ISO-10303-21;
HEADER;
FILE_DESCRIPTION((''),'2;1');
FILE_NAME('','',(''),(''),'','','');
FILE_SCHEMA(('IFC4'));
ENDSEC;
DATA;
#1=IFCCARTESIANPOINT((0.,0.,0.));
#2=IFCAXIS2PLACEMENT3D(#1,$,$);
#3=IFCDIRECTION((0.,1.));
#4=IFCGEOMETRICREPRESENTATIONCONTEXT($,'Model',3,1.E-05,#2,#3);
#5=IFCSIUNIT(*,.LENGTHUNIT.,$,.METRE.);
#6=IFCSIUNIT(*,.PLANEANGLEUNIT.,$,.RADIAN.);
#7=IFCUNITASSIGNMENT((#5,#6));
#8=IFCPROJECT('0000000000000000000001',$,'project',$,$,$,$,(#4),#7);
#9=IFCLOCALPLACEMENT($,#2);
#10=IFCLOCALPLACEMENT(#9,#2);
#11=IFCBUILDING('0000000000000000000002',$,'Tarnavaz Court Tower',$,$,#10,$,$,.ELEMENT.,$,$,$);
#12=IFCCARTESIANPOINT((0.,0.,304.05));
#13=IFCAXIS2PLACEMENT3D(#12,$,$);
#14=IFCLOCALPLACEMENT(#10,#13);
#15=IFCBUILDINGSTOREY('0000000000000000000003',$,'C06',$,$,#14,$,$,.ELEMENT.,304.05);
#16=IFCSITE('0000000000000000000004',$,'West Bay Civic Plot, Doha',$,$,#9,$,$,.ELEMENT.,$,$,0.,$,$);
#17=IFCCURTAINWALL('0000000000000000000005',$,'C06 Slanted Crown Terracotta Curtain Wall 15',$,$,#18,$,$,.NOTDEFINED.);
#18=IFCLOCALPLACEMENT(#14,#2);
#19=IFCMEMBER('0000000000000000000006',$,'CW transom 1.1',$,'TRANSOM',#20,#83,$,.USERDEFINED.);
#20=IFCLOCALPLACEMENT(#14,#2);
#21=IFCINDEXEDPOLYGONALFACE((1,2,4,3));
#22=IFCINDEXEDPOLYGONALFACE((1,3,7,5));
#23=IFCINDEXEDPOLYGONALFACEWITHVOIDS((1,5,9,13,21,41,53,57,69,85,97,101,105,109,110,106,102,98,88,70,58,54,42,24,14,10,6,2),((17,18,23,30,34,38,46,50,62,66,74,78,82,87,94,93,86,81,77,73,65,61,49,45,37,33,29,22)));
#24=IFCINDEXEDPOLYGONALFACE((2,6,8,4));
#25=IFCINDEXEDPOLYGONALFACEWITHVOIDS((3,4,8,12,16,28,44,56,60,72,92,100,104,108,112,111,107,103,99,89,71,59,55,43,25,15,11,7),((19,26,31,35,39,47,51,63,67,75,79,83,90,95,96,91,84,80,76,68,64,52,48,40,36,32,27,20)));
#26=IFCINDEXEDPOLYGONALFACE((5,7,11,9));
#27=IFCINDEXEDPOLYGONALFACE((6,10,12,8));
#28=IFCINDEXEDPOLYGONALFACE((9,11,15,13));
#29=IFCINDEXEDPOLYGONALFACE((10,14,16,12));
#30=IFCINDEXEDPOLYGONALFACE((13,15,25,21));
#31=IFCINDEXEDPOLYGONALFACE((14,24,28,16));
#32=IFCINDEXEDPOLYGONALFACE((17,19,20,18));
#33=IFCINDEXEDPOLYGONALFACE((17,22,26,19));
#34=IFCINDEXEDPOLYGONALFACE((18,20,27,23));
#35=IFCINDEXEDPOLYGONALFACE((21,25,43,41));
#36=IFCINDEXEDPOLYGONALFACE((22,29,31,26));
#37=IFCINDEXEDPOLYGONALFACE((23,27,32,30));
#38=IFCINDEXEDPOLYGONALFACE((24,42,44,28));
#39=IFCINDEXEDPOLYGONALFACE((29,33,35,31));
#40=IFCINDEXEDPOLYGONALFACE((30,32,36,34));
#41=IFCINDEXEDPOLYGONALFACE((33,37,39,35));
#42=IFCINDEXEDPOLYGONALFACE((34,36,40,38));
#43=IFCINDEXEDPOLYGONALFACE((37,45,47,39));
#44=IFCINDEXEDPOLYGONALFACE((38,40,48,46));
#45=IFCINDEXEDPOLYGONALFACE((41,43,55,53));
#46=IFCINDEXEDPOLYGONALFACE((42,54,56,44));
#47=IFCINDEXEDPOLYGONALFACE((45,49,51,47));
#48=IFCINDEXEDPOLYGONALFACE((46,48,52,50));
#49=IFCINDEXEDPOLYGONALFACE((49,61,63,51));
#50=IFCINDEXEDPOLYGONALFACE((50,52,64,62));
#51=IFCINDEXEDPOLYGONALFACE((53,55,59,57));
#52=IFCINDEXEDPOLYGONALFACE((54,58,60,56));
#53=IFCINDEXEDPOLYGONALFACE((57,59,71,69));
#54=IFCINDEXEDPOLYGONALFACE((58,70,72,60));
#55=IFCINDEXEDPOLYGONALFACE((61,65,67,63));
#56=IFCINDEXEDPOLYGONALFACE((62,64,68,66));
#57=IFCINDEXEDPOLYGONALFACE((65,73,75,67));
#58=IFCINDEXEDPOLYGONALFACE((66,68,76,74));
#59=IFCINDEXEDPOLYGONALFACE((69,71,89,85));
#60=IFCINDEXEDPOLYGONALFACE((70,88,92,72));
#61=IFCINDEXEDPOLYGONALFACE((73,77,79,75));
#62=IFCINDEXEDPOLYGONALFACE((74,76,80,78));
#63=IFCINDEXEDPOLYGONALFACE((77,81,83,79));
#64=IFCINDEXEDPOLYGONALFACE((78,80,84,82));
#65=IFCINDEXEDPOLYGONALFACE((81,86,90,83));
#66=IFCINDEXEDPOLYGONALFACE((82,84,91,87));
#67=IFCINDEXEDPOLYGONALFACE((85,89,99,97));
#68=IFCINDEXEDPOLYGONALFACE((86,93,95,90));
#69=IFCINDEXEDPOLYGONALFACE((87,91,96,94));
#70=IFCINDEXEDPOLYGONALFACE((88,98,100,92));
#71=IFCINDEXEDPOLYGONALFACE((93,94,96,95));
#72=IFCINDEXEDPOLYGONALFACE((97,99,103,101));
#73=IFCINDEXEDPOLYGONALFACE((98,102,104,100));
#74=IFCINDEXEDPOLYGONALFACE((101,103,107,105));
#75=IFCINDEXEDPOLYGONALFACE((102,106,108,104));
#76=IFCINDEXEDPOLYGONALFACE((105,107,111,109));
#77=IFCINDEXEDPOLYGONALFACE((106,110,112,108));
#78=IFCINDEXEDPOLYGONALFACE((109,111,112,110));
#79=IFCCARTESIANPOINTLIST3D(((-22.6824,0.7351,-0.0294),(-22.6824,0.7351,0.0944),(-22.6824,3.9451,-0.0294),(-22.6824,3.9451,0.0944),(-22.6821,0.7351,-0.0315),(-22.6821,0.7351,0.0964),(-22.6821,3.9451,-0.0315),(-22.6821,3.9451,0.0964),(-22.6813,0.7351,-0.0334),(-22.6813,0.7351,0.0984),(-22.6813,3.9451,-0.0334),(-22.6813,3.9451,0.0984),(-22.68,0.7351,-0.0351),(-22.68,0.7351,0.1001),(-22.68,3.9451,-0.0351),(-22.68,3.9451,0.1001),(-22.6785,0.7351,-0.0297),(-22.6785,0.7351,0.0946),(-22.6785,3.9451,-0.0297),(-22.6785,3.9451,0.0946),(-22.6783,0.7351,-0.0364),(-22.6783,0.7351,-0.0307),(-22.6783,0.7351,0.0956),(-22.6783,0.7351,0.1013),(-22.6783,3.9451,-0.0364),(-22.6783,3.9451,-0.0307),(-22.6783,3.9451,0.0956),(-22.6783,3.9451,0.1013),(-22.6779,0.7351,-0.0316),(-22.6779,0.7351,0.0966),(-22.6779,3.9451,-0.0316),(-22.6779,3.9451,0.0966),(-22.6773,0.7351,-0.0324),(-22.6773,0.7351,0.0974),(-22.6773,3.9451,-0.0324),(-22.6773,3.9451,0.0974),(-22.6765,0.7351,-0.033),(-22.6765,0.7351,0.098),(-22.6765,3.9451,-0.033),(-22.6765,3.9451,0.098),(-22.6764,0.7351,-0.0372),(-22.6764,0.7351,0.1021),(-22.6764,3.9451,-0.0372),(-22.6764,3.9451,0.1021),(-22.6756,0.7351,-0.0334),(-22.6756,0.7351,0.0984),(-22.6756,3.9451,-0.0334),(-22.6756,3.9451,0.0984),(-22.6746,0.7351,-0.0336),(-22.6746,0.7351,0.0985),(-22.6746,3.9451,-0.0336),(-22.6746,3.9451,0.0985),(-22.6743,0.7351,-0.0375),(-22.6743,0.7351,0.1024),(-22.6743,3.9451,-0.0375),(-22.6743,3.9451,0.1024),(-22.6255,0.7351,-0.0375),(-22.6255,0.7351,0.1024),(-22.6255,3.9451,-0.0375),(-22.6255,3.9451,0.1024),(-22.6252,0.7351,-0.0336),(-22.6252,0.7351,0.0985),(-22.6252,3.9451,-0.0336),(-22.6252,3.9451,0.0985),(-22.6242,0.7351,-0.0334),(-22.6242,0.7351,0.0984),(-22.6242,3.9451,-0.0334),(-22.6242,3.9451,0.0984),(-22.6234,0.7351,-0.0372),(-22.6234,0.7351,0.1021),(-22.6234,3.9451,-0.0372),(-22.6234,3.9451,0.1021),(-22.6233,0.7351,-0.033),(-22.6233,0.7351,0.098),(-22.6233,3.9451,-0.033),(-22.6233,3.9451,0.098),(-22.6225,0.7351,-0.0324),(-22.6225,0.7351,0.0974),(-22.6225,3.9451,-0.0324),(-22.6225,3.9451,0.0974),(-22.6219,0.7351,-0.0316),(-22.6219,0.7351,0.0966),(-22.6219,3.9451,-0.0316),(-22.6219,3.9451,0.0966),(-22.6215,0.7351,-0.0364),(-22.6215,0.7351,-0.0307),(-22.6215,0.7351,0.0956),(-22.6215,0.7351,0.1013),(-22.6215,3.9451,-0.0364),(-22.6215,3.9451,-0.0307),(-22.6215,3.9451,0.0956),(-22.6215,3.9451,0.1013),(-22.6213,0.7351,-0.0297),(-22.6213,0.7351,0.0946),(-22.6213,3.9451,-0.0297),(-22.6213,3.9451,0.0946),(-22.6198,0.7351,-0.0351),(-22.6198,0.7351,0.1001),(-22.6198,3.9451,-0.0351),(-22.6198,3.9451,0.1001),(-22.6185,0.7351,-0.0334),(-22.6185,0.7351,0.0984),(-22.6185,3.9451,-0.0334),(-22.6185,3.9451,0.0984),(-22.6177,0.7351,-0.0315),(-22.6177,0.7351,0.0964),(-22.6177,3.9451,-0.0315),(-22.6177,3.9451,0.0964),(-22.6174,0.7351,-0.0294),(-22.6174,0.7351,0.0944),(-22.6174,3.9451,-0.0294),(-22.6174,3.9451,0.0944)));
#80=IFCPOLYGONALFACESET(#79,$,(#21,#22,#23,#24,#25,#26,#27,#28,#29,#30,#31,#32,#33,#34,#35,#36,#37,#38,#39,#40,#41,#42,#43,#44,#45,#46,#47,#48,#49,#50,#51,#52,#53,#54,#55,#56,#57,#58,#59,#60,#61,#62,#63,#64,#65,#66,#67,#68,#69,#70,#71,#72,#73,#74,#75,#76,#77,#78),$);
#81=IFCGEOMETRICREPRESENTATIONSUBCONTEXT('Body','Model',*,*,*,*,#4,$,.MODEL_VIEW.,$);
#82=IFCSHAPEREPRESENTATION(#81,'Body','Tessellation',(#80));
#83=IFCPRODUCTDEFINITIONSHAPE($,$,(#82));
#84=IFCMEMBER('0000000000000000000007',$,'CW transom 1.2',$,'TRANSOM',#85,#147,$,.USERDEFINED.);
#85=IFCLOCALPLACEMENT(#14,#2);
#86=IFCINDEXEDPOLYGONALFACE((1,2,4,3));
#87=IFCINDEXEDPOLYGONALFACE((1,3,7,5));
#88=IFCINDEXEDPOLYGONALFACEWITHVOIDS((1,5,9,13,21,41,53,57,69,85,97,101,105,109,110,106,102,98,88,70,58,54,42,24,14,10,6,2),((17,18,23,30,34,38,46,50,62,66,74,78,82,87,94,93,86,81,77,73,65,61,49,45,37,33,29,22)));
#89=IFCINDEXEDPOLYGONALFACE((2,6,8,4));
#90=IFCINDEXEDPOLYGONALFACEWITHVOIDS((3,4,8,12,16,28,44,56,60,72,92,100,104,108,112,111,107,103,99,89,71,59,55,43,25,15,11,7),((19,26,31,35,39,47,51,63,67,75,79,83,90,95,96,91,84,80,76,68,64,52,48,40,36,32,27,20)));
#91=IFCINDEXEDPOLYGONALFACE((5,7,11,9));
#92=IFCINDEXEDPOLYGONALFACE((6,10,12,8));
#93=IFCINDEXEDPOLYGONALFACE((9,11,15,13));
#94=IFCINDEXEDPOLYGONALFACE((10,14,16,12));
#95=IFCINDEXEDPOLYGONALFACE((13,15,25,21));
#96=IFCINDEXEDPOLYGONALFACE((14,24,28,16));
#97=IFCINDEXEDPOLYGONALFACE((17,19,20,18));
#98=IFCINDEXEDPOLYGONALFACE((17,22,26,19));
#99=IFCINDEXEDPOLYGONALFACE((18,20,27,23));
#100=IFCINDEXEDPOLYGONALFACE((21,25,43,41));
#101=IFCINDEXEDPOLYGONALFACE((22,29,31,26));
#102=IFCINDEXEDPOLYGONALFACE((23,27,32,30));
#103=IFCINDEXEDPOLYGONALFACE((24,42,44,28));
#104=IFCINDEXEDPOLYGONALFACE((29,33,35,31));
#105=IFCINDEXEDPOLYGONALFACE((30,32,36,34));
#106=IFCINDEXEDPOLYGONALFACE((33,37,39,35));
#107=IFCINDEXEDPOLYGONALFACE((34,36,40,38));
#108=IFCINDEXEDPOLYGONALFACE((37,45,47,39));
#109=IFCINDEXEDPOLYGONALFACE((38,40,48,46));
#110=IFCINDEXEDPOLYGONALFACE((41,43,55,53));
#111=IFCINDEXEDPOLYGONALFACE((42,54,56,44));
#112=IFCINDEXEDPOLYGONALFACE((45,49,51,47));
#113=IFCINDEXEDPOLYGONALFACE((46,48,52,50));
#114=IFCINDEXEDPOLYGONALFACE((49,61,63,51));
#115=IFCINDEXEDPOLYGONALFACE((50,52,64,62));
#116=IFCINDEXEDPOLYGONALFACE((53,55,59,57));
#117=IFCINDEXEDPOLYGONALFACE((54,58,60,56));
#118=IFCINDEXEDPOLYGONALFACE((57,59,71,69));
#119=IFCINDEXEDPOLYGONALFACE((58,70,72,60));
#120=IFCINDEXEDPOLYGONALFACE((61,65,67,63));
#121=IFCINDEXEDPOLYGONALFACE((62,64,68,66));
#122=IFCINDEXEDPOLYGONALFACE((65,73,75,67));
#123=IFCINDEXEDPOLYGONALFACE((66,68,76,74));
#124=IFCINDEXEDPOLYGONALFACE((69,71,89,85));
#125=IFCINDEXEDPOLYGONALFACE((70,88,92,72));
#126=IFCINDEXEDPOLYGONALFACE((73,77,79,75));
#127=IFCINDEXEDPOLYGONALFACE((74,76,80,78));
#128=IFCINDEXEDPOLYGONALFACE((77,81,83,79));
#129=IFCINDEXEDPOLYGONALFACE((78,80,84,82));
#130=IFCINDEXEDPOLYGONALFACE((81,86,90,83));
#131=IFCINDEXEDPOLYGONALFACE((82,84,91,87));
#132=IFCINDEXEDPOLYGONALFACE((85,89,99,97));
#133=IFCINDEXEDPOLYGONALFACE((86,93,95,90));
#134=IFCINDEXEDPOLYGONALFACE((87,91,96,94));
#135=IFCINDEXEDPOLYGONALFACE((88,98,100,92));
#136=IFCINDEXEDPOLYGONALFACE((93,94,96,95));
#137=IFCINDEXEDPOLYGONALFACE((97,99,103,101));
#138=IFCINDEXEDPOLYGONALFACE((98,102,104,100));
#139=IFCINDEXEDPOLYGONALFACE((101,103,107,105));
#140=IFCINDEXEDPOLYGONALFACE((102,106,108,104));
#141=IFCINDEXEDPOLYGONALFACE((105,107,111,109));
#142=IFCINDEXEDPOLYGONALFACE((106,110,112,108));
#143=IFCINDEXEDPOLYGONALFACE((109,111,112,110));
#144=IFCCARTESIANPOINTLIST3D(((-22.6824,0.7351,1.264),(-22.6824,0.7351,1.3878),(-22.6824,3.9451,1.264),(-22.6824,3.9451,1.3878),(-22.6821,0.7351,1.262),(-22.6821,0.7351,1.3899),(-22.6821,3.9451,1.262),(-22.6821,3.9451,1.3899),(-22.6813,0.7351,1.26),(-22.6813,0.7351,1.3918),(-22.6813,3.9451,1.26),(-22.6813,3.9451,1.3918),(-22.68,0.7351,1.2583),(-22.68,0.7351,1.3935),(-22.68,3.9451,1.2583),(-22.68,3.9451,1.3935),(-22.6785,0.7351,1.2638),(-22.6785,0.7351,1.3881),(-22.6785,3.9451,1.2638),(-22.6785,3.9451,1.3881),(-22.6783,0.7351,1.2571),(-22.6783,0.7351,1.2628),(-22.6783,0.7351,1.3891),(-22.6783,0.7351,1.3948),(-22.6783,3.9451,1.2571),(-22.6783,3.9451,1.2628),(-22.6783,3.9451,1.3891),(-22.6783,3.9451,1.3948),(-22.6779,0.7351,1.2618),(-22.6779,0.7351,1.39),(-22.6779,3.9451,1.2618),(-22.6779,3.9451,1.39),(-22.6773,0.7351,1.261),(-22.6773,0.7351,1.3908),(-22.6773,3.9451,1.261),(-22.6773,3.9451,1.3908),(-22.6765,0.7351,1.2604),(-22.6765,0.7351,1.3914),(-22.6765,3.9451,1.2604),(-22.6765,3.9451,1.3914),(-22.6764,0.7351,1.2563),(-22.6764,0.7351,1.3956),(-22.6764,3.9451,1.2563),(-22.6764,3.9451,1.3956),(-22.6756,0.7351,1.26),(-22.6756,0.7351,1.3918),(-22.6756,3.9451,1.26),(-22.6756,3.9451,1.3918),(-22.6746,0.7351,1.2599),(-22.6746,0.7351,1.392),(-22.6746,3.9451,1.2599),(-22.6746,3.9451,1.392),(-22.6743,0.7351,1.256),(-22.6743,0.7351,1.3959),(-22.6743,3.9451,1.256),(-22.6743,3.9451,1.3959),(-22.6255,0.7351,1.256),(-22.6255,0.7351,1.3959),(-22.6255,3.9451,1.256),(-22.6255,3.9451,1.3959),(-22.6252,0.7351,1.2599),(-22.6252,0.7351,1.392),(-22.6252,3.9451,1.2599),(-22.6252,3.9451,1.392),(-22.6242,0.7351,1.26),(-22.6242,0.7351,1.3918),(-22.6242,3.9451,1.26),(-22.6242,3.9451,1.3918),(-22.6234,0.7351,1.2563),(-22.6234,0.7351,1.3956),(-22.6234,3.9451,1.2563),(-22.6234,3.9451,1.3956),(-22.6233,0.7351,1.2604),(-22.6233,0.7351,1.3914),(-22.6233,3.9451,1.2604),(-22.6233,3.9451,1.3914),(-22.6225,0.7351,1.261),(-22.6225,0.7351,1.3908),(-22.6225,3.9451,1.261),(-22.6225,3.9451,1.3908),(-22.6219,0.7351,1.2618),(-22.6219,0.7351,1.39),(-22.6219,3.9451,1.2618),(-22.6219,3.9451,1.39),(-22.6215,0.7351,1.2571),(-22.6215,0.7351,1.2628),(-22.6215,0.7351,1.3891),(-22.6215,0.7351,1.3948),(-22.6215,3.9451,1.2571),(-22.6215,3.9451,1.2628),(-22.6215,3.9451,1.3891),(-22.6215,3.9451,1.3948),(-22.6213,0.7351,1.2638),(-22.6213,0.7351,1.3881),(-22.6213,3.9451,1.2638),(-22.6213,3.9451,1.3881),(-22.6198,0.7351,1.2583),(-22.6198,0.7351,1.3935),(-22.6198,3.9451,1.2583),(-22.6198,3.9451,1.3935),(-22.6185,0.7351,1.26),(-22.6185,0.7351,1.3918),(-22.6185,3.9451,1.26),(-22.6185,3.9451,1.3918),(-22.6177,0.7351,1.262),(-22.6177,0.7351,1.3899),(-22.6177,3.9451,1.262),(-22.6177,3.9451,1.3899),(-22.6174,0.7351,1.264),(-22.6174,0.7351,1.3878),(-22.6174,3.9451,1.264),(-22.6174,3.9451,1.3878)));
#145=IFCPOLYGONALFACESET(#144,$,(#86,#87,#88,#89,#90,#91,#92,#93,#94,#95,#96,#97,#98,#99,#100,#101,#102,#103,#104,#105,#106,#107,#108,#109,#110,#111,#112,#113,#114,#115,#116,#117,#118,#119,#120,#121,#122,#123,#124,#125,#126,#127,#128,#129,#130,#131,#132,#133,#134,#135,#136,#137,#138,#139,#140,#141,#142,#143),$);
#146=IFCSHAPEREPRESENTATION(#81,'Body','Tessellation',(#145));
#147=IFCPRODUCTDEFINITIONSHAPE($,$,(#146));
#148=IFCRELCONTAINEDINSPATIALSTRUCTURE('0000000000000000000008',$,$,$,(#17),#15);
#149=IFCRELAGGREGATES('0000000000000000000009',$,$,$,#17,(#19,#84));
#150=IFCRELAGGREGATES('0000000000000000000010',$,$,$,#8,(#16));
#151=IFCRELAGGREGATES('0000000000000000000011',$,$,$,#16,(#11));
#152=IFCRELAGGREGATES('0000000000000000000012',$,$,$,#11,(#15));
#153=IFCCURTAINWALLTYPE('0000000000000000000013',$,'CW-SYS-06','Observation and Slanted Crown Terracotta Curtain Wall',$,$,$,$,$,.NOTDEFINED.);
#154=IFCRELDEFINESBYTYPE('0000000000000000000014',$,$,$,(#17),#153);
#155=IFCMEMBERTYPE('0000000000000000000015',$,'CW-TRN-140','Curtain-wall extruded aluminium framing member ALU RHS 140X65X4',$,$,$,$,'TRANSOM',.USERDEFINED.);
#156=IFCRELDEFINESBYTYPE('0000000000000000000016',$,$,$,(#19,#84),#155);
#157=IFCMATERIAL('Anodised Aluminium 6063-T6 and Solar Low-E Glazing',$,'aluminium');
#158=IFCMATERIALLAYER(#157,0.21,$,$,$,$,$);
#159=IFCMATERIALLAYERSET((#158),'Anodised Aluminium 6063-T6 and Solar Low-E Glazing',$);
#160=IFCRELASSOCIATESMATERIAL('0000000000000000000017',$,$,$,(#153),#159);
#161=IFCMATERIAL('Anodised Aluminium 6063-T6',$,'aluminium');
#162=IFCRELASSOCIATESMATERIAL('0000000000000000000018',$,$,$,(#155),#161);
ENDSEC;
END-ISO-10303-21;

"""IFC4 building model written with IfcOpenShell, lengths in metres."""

from ifc_helpers import new_model, si_unit, direction, frame, origin, origin_2d, place, context, subcontext, project, spatial, hollow_rectangle, extrude, material, layer, layer_set, material_profile, profile_set, type_object, element, aggregate, save


model = new_model("IFC4")

# Units and contexts
model_context = context("Model", 3, precision=1e-05, world=origin(), true_north=direction((0.0, 1.0)))
body_context = subcontext(model_context, "Body", "Model", "MODEL_VIEW")
ifc_project = project(units=[si_unit("LENGTHUNIT", "METRE"), si_unit("PLANEANGLEUNIT", "RADIAN")], contexts=[model_context])

# Site, building, storey
site_placement = place(None, origin())
site = spatial("IfcSite", under=ifc_project, at=site_placement, Name="West Bay Civic Plot, Doha", CompositionType="ELEMENT", RefElevation=0.0)
building_placement = place(site_placement, origin())
building = spatial("IfcBuilding", under=site, at=building_placement, Name="Tarnavaz Court Tower", CompositionType="ELEMENT")
storey_placement = place(building_placement, frame((0.0, 0.0, 304.05)))
storey = spatial("IfcBuildingStorey", under=building, at=storey_placement, Name="C06", CompositionType="ELEMENT", Elevation=304.05)

# Curtain wall
ifc_material_1 = material(Name="Anodised Aluminium 6063-T6 and Solar Low-E Glazing", Category="aluminium")
ifc_layer_1 = layer(ifc_material_1, 0.21)
ifc_layer_set_1 = layer_set([ifc_layer_1], Name="Anodised Aluminium 6063-T6 and Solar Low-E Glazing")
curtain_wall_type = type_object("IfcCurtainWallType", Name="CW-SYS-06", Description="Observation and Slanted Crown Terracotta Curtain Wall", PredefinedType="NOTDEFINED", material=ifc_layer_set_1)
curtain_wall_1_placement = place(storey_placement, origin())
curtain_wall_1 = element("IfcCurtainWall", 1, at=curtain_wall_1_placement, inside=storey, type_object=curtain_wall_type, Name="C06 Slanted Crown Terracotta Curtain Wall 15", PredefinedType="NOTDEFINED")
ifc_material_2 = material(Name="Anodised Aluminium 6063-T6", Category="aluminium")

# Members
ifc_material_profile_1 = material_profile(ifc_material_2, hollow_rectangle(XDim=0.0649, YDim=0.1399, WallThickness=0.0039, InnerFilletRadius=0.0039, OuterFilletRadius=0.0081, at=origin_2d()), Name="ALU RHS 140X65X4")
ifc_profile_set_1 = profile_set([ifc_material_profile_1], Name="Anodised Aluminium 6063-T6")
member_type_1 = type_object("IfcMemberType", Name="CW-TRN-140", Description="Curtain-wall extruded aluminium framing member ALU RHS 140X65X4", ElementType="TRANSOM", PredefinedType="USERDEFINED", material=ifc_profile_set_1)
member_1_placement = place(storey_placement, frame((-22.6499, 0.7351, 0.0325), z_axis=(0.0, 1.0, 0.0), x_axis=(-1.0, 0.0, 0.0)))
member_1 = element("IfcMember", 2, at=member_1_placement, type_object=member_type_1, Name="CW transom 1.1", ObjectType="TRANSOM", PredefinedType="USERDEFINED", context=body_context, shape_type="SweptSolid", body=[
    extrude(hollow_rectangle(XDim=0.0649, YDim=0.1399, WallThickness=0.0039, InnerFilletRadius=0.0039, OuterFilletRadius=0.0081, at=origin_2d()), origin(), (0.0, 0.0, 1.0), 3.21),
])
member_2_placement = place(storey_placement, frame((-22.6499, 0.7351, 1.3259), z_axis=(0.0, 1.0, 0.0), x_axis=(-1.0, 0.0, 0.0)))
member_2 = element("IfcMember", 3, at=member_2_placement, type_object=member_type_1, Name="CW transom 1.2", ObjectType="TRANSOM", PredefinedType="USERDEFINED", context=body_context, shape_type="SweptSolid", body=[
    extrude(hollow_rectangle(XDim=0.0649, YDim=0.1399, WallThickness=0.0039, InnerFilletRadius=0.0039, OuterFilletRadius=0.0081, at=origin_2d()), origin(), (0.0, 0.0, 1.0), 3.21),
])

aggregate(curtain_wall_1, [member_1, member_2])

save(model, "model.ifc")
